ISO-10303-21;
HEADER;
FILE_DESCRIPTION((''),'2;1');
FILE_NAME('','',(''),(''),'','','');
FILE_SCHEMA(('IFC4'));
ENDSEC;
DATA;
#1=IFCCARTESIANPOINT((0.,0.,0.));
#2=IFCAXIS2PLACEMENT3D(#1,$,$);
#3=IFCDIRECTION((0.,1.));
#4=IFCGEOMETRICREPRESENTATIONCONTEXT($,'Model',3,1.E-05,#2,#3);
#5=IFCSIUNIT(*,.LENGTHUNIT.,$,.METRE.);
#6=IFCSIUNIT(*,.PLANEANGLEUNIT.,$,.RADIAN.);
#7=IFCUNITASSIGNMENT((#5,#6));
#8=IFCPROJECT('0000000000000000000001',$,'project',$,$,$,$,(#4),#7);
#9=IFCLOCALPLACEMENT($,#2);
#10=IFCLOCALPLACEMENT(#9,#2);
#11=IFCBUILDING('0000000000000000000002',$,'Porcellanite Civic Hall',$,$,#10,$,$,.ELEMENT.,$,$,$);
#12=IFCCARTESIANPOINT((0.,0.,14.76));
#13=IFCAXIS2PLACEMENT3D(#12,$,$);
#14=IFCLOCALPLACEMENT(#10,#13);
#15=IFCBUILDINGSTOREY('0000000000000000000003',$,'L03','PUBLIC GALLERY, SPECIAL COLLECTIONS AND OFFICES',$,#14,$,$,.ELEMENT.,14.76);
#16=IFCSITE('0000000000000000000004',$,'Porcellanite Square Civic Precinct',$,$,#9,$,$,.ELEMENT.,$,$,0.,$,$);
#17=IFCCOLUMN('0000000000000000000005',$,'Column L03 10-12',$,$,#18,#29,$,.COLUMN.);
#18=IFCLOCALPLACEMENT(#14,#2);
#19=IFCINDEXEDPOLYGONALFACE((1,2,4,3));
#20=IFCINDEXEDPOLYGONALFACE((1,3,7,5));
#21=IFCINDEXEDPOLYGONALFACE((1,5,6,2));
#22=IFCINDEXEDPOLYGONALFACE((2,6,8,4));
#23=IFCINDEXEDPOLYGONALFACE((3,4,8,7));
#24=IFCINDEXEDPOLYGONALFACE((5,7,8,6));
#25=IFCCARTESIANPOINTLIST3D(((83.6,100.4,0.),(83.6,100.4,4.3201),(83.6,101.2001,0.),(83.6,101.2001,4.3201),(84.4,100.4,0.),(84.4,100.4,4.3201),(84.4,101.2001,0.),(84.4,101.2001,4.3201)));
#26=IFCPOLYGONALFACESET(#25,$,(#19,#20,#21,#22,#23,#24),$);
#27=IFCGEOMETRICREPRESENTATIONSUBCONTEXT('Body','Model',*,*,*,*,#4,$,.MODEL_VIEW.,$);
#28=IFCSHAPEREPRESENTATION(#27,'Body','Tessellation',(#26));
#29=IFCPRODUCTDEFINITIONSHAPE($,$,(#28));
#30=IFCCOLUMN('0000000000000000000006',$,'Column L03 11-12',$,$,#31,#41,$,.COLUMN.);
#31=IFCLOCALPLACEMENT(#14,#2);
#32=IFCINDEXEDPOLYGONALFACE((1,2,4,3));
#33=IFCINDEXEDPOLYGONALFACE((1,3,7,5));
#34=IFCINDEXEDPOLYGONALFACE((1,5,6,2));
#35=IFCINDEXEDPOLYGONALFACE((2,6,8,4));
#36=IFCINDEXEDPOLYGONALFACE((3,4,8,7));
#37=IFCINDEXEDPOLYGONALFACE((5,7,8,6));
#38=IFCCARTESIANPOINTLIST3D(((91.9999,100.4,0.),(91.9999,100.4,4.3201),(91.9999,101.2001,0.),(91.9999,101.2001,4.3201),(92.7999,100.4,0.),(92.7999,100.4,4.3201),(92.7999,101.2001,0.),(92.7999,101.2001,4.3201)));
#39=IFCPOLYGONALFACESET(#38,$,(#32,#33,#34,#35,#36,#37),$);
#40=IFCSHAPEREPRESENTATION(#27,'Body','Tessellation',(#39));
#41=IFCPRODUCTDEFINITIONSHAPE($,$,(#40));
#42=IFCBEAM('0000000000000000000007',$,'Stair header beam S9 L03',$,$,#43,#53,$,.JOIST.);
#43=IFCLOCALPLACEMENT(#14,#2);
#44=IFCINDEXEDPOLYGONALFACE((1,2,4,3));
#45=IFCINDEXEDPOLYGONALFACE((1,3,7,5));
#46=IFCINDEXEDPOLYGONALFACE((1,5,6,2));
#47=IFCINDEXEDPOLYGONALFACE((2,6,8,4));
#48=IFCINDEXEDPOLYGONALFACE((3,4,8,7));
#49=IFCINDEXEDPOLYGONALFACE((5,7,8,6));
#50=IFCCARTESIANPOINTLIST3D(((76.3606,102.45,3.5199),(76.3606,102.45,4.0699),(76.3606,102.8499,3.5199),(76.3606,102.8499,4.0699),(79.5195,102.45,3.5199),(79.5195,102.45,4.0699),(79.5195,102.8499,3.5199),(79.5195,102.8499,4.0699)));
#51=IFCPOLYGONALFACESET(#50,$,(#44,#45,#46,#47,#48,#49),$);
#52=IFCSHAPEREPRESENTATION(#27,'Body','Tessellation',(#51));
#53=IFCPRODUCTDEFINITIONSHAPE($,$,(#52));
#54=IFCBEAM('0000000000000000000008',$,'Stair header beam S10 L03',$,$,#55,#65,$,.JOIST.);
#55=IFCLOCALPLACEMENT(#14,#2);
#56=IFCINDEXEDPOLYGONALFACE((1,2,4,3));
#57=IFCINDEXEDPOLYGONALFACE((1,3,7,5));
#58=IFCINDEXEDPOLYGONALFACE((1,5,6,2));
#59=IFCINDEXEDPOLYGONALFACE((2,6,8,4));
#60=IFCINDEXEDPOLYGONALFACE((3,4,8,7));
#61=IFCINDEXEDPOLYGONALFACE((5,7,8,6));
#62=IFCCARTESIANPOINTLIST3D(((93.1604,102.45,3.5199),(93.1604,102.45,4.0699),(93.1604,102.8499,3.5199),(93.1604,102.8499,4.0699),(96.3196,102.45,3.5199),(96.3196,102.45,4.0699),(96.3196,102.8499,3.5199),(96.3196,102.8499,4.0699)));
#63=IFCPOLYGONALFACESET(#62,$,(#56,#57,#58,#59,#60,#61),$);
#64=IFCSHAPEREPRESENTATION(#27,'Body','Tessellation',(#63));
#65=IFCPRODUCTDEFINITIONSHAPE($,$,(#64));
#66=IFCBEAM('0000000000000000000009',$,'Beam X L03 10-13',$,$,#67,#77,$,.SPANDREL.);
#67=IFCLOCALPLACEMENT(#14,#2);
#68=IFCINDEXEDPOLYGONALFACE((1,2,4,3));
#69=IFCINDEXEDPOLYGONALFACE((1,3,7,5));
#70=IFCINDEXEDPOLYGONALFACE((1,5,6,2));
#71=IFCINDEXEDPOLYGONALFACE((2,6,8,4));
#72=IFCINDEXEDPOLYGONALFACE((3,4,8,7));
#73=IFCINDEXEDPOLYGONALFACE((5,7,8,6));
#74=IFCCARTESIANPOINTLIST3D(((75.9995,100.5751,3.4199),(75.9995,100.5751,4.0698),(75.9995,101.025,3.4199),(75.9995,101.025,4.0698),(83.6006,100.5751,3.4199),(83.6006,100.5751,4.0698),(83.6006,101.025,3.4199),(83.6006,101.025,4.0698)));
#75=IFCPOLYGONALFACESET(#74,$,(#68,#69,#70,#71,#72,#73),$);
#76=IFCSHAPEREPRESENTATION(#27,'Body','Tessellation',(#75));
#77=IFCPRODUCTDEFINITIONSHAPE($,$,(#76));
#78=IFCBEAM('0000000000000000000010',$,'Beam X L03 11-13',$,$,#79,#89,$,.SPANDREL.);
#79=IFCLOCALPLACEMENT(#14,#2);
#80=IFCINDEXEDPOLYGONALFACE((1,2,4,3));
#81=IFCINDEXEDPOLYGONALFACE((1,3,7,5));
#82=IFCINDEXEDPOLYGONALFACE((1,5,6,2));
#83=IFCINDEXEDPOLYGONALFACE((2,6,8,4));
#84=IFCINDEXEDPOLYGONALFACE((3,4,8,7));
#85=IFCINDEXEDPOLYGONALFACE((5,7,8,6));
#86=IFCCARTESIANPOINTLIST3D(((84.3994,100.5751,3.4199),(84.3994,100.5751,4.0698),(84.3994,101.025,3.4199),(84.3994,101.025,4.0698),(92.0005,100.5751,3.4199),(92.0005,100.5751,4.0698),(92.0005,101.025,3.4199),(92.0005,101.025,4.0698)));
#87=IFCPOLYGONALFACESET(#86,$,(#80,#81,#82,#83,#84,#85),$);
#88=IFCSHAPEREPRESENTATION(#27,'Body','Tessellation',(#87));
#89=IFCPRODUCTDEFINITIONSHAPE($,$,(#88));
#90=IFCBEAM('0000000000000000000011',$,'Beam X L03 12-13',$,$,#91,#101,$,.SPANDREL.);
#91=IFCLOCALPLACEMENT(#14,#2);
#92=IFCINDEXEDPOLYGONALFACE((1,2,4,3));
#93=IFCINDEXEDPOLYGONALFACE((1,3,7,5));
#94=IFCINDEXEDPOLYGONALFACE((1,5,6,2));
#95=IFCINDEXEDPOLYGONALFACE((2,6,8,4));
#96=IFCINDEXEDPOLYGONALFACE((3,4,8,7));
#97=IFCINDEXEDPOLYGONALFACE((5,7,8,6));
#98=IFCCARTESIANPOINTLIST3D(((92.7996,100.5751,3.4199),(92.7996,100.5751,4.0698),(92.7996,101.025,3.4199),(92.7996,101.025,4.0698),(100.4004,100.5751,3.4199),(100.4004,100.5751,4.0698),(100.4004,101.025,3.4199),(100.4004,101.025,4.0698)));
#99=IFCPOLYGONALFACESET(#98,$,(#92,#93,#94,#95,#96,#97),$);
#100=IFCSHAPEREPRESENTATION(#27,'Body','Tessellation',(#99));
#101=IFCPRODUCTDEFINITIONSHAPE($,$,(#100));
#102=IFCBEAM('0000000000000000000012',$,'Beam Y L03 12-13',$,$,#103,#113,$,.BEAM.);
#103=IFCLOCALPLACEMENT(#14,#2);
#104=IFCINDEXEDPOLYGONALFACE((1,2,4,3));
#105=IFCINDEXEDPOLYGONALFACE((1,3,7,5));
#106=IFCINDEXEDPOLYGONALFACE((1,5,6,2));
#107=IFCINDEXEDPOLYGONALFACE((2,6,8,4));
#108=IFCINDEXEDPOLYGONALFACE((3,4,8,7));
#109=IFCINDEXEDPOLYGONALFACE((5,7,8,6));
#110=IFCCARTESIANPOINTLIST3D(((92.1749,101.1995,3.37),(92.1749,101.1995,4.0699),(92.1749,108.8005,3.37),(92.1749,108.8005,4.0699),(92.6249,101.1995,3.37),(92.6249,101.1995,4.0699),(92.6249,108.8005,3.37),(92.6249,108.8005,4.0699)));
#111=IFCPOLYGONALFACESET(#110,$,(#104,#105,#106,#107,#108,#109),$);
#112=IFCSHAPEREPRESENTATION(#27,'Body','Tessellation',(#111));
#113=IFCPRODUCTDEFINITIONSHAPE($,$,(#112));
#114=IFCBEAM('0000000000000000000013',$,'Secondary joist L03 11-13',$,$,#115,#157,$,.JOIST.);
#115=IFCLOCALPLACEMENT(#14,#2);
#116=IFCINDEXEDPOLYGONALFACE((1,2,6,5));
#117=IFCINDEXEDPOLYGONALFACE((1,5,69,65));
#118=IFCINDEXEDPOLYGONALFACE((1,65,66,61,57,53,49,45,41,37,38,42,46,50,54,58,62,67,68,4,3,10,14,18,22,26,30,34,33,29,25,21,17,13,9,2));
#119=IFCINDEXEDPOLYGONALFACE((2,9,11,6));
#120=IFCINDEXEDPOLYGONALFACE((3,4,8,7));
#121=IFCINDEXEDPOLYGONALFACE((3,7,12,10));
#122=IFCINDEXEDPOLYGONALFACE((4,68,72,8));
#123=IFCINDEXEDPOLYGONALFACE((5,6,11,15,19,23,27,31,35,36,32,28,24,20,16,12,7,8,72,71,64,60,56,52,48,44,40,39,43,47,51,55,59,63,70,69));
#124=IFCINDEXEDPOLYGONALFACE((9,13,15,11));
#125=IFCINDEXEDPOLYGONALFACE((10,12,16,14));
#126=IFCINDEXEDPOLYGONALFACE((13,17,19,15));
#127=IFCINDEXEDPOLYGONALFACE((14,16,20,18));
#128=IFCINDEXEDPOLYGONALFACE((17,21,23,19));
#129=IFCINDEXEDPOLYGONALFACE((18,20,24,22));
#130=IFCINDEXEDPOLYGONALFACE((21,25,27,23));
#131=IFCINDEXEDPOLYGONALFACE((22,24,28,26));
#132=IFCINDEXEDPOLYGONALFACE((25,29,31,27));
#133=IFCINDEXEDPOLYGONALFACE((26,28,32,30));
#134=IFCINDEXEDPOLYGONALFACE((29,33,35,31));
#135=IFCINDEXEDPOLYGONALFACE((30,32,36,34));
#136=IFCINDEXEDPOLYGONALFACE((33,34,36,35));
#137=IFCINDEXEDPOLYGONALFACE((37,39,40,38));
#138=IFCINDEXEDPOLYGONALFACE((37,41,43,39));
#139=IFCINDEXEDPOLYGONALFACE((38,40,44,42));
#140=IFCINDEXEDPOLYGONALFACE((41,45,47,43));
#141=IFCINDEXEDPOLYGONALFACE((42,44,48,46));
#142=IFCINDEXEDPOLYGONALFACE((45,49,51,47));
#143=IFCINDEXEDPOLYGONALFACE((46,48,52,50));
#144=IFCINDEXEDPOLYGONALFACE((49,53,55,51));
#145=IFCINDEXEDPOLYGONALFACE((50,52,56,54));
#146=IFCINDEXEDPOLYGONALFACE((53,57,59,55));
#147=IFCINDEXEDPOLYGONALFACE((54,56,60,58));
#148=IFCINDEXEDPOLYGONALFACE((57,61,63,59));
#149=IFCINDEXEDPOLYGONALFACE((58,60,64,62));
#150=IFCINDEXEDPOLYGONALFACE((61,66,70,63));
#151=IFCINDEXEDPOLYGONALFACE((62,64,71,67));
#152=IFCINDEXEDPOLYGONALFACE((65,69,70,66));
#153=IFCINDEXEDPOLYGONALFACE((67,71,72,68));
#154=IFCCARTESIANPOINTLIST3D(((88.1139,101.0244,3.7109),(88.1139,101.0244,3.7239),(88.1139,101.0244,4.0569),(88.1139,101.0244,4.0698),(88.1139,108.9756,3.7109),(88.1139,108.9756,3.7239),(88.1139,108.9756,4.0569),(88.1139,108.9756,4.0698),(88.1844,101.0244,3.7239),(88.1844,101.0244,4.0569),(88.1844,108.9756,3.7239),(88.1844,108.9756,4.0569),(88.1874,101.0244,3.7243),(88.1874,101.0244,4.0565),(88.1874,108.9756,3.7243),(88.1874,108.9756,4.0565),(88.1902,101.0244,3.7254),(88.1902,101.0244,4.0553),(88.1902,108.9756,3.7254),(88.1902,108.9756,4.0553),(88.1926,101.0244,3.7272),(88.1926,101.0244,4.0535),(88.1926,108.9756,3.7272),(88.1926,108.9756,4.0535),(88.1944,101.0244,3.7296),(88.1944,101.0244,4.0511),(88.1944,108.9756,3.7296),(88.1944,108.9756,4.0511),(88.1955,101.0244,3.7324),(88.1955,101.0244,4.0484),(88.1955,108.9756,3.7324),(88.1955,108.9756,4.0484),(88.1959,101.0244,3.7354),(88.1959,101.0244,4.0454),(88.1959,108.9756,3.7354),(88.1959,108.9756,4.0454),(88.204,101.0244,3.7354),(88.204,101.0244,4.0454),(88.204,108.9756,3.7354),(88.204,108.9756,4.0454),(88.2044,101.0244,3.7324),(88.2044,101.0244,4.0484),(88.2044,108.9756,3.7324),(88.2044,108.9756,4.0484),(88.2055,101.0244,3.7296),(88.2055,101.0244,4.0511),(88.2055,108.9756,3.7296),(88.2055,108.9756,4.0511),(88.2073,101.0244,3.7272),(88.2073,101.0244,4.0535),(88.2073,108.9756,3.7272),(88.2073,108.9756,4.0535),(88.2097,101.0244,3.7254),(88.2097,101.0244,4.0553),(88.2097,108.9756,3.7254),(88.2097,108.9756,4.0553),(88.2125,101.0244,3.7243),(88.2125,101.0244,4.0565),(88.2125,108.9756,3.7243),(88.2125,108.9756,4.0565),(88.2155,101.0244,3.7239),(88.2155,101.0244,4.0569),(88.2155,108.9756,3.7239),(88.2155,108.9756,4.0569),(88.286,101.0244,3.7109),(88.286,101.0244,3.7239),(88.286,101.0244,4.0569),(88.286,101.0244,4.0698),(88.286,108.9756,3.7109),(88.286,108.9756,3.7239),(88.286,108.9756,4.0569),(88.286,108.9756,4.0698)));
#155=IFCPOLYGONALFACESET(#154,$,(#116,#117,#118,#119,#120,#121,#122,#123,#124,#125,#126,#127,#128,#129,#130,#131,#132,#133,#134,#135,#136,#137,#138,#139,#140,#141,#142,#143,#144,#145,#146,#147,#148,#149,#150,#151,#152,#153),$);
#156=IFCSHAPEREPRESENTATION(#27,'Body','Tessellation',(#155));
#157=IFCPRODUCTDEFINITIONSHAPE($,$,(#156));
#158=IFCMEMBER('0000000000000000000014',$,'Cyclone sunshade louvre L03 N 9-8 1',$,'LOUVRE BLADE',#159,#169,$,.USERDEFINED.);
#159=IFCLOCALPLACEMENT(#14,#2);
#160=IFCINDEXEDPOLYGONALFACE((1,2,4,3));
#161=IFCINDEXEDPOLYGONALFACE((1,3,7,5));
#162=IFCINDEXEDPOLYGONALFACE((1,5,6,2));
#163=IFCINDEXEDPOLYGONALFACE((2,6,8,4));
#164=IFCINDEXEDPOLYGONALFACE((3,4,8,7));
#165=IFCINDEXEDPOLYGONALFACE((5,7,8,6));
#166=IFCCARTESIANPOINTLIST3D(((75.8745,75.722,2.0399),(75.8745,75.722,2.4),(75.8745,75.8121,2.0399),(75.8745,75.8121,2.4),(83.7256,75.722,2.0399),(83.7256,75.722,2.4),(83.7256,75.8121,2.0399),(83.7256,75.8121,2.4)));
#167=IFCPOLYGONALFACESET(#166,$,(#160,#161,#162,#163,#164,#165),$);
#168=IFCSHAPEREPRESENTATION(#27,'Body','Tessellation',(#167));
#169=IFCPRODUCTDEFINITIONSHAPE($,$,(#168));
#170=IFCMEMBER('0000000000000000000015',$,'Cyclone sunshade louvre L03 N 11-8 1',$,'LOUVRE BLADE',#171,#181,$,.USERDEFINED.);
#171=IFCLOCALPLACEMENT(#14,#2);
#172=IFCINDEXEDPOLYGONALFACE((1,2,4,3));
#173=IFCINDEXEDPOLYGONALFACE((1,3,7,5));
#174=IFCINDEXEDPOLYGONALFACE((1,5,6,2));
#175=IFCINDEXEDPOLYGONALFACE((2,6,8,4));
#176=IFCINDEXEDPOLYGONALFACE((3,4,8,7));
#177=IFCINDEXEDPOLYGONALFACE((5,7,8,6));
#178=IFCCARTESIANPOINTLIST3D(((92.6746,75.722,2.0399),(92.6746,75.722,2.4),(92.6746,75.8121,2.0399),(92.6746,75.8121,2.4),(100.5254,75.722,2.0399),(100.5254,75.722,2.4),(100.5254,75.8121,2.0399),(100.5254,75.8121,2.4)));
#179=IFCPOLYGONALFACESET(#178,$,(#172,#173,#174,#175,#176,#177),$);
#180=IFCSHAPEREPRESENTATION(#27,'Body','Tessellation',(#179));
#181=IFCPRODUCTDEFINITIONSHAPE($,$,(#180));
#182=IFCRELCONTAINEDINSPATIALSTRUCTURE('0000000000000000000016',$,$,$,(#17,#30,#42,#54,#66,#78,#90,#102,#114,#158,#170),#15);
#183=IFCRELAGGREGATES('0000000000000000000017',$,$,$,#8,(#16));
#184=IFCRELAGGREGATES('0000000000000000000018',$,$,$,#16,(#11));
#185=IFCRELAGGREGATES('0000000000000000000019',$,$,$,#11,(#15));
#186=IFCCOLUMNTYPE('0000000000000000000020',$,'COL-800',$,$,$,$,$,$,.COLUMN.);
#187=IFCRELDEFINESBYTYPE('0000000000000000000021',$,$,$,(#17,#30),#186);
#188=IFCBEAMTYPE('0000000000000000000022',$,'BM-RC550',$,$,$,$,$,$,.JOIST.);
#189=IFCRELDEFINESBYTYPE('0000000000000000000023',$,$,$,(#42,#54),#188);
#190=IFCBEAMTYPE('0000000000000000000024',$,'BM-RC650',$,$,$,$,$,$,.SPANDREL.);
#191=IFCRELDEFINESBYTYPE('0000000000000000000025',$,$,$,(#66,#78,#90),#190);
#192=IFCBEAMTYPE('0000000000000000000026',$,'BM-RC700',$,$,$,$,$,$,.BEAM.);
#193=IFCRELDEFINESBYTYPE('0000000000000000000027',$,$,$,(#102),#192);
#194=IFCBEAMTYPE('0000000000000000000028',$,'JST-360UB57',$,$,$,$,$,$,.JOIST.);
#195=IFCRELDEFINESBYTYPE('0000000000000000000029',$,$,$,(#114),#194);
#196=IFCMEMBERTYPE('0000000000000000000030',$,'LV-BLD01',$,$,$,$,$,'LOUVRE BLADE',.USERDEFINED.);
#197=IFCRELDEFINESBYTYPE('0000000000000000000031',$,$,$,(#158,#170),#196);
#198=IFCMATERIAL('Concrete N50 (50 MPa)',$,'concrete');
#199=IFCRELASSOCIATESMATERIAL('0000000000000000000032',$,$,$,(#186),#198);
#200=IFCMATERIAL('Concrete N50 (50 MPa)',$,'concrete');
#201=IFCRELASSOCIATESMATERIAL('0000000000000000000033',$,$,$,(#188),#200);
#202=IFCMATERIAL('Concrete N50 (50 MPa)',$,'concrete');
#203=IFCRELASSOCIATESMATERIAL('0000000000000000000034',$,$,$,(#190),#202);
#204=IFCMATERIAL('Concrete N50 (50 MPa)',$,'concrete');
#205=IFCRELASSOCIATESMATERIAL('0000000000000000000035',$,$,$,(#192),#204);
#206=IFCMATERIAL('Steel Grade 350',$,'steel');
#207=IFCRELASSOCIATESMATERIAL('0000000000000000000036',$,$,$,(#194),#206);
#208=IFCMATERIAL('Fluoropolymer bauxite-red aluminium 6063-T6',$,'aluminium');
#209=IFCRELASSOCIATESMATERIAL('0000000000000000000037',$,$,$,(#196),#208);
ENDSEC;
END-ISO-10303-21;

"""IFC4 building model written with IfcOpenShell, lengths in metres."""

from ifc_helpers import new_model, si_unit, direction, frame, origin, origin_2d, place, context, subcontext, project, spatial, rectangle, i_section, extrude, material, material_profile, profile_set, type_object, element, save


model = new_model("IFC4")

# Units and contexts
model_context = context("Model", 3, precision=1e-05, world=origin(), true_north=direction((0.0, 1.0)))
body_context = subcontext(model_context, "Body", "Model", "MODEL_VIEW")
ifc_project = project(units=[si_unit("LENGTHUNIT", "METRE"), si_unit("PLANEANGLEUNIT", "RADIAN")], contexts=[model_context])

# Site, building, storey
site_placement = place(None, origin())
site = spatial("IfcSite", under=ifc_project, at=site_placement, Name="Porcellanite Square Civic Precinct", CompositionType="ELEMENT", RefElevation=0.0)
building_placement = place(site_placement, origin())
building = spatial("IfcBuilding", under=site, at=building_placement, Name="Porcellanite Civic Hall", CompositionType="ELEMENT")
storey_placement = place(building_placement, frame((0.0, 0.0, 14.76)))
storey = spatial("IfcBuildingStorey", under=building, at=storey_placement, Name="L03", Description="PUBLIC GALLERY, SPECIAL COLLECTIONS AND OFFICES", CompositionType="ELEMENT", Elevation=14.76)

# Columns
ifc_material_1 = material(Name="Concrete N50 (50 MPa)", Category="concrete")
ifc_material_profile_1 = material_profile(ifc_material_1, rectangle(XDim=0.8, YDim=0.8, at=origin_2d()), Name="RC-800x800")
ifc_profile_set_1 = profile_set([ifc_material_profile_1], Name="Concrete N50 (50 MPa)")
column_type = type_object("IfcColumnType", Name="COL-800", PredefinedType="COLUMN", material=ifc_profile_set_1)
for number, where, z_axis, x_axis, name in (
    (1, (84.0, 100.8, 0.0), (0.0, 0.0, 1.0), (1.0, 0.0, 0.0), "Column L03 10-12"),
    (2, (92.3999, 100.8, 0.0), (0.0, 0.0, 1.0), (1.0, 0.0, 0.0), "Column L03 11-12"),
):
    element("IfcColumn", number, at=place(storey_placement, frame(where, z_axis=z_axis, x_axis=x_axis)), inside=storey, type_object=column_type, Name=name, PredefinedType="COLUMN", context=body_context, shape_type="SweptSolid", body=[
        extrude(rectangle(XDim=0.8, YDim=0.8, at=origin_2d()), origin(), (0.0, 0.0, 1.0), 4.3201),
    ])

# Beams
ifc_material_2 = material(Name="Concrete N50 (50 MPa)", Category="concrete")
ifc_material_profile_2 = material_profile(ifc_material_2, rectangle(XDim=0.3999, YDim=0.55, at=origin_2d()), Name="RC-400x550")
ifc_profile_set_2 = profile_set([ifc_material_profile_2], Name="Concrete N50 (50 MPa)")
beam_type_1 = type_object("IfcBeamType", Name="BM-RC550", PredefinedType="JOIST", material=ifc_profile_set_2)
beam_1_placement = place(storey_placement, frame((76.3606, 102.6499, 3.7949), z_axis=(1.0, 0.0, 0.0), x_axis=(0.0, 1.0, 0.0)))
element("IfcBeam", 3, at=beam_1_placement, inside=storey, type_object=beam_type_1, Name="Stair header beam S9 L03", PredefinedType="JOIST", context=body_context, shape_type="SweptSolid", body=[
    extrude(rectangle(XDim=0.3999, YDim=0.55, at=origin_2d()), origin(), (0.0, 0.0, 1.0), 3.1589),
])
beam_2_placement = place(storey_placement, frame((93.1604, 102.6499, 3.7949), z_axis=(1.0, 0.0, 0.0), x_axis=(0.0, 1.0, 0.0)))
element("IfcBeam", 4, at=beam_2_placement, inside=storey, type_object=beam_type_1, Name="Stair header beam S10 L03", PredefinedType="JOIST", context=body_context, shape_type="SweptSolid", body=[
    extrude(rectangle(XDim=0.3999, YDim=0.55, at=origin_2d()), origin(), (0.0, 0.0, 1.0), 3.1592),
])
ifc_material_3 = material(Name="Concrete N50 (50 MPa)", Category="concrete")
ifc_material_profile_3 = material_profile(ifc_material_3, rectangle(XDim=0.45, YDim=0.6499, at=origin_2d()), Name="RC-450x650")
ifc_profile_set_3 = profile_set([ifc_material_profile_3], Name="Concrete N50 (50 MPa)")
beam_type_2 = type_object("IfcBeamType", Name="BM-RC650", PredefinedType="SPANDREL", material=ifc_profile_set_3)
for number, where, z_axis, x_axis, name in (
    (5, (75.9995, 100.8, 3.7449), (1.0, 0.0, 0.0), (0.0, 1.0, 0.0), "Beam X L03 10-13"),
    (6, (84.3994, 100.8, 3.7449), (1.0, 0.0, 0.0), (0.0, 1.0, 0.0), "Beam X L03 11-13"),
):
    element("IfcBeam", number, at=place(storey_placement, frame(where, z_axis=z_axis, x_axis=x_axis)), inside=storey, type_object=beam_type_2, Name=name, PredefinedType="SPANDREL", context=body_context, shape_type="SweptSolid", body=[
        extrude(rectangle(XDim=0.45, YDim=0.6499, at=origin_2d()), origin(), (0.0, 0.0, 1.0), 7.6011),
    ])
beam_3_placement = place(storey_placement, frame((92.7996, 100.8, 3.7449), z_axis=(1.0, 0.0, 0.0), x_axis=(0.0, 1.0, 0.0)))
element("IfcBeam", 7, at=beam_3_placement, inside=storey, type_object=beam_type_2, Name="Beam X L03 12-13", PredefinedType="SPANDREL", context=body_context, shape_type="SweptSolid", body=[
    extrude(rectangle(XDim=0.45, YDim=0.6499, at=origin_2d()), origin(), (0.0, 0.0, 1.0), 7.6008),
])
ifc_material_4 = material(Name="Concrete N50 (50 MPa)", Category="concrete")
ifc_material_profile_4 = material_profile(ifc_material_4, rectangle(XDim=0.45, YDim=0.7, at=origin_2d()), Name="RC-450x700")
ifc_profile_set_4 = profile_set([ifc_material_profile_4], Name="Concrete N50 (50 MPa)")
beam_type_3 = type_object("IfcBeamType", Name="BM-RC700", PredefinedType="BEAM", material=ifc_profile_set_4)
beam_4_placement = place(storey_placement, frame((92.3999, 101.1995, 3.72), z_axis=(0.0, 1.0, 0.0), x_axis=(-1.0, 0.0, 0.0)))
element("IfcBeam", 8, at=beam_4_placement, inside=storey, type_object=beam_type_3, Name="Beam Y L03 12-13", PredefinedType="BEAM", context=body_context, shape_type="SweptSolid", body=[
    extrude(rectangle(XDim=0.45, YDim=0.7, at=origin_2d()), origin(), (0.0, 0.0, 1.0), 7.6011),
])
ifc_material_5 = material(Name="Steel Grade 350", Category="steel")
ifc_material_profile_5 = material_profile(ifc_material_5, i_section(OverallWidth=0.1721, OverallDepth=0.3589, WebThickness=0.0081, FlangeThickness=0.0129, FilletRadius=0.0115, at=origin_2d()), Name="360UB56.7")
ifc_profile_set_5 = profile_set([ifc_material_profile_5], Name="Steel Grade 350")
beam_type_4 = type_object("IfcBeamType", Name="JST-360UB57", PredefinedType="JOIST", material=ifc_profile_set_5)
beam_5_placement = place(storey_placement, frame((88.2, 101.0244, 3.8904), z_axis=(0.0, 1.0, 0.0), x_axis=(-1.0, 0.0, 0.0)))
element("IfcBeam", 9, at=beam_5_placement, inside=storey, type_object=beam_type_4, Name="Secondary joist L03 11-13", PredefinedType="JOIST", context=body_context, shape_type="SweptSolid", body=[
    extrude(i_section(OverallWidth=0.1721, OverallDepth=0.3589, WebThickness=0.0081, FlangeThickness=0.0129, FilletRadius=0.0115, at=origin_2d()), origin(), (0.0, 0.0, 1.0), 7.9512),
])

# Members
ifc_material_6 = material(Name="Fluoropolymer bauxite-red aluminium 6063-T6", Category="aluminium")
ifc_material_profile_6 = material_profile(ifc_material_6, rectangle(XDim=0.0901, YDim=0.3601, at=origin_2d()), Name="AL-90x360")
ifc_profile_set_6 = profile_set([ifc_material_profile_6], Name="Fluoropolymer bauxite-red aluminium 6063-T6")
member_type = type_object("IfcMemberType", Name="LV-BLD01", ElementType="LOUVRE BLADE", PredefinedType="USERDEFINED", material=ifc_profile_set_6)
member_1_placement = place(storey_placement, frame((75.8745, 75.7671, 2.22), z_axis=(1.0, 0.0, 0.0), x_axis=(0.0, 1.0, 0.0)))
element("IfcMember", 10, at=member_1_placement, inside=storey, type_object=member_type, Name="Cyclone sunshade louvre L03 N 9-8 1", ObjectType="LOUVRE BLADE", PredefinedType="USERDEFINED", context=body_context, shape_type="SweptSolid", body=[
    extrude(rectangle(XDim=0.0901, YDim=0.3601, at=origin_2d()), origin(), (0.0, 0.0, 1.0), 7.8511),
])
member_2_placement = place(storey_placement, frame((92.6746, 75.7671, 2.22), z_axis=(1.0, 0.0, 0.0), x_axis=(0.0, 1.0, 0.0)))
element("IfcMember", 11, at=member_2_placement, inside=storey, type_object=member_type, Name="Cyclone sunshade louvre L03 N 11-8 1", ObjectType="LOUVRE BLADE", PredefinedType="USERDEFINED", context=body_context, shape_type="SweptSolid", body=[
    extrude(rectangle(XDim=0.0901, YDim=0.3601, at=origin_2d()), origin(), (0.0, 0.0, 1.0), 7.8508),
])

save(model, "model.ifc")
